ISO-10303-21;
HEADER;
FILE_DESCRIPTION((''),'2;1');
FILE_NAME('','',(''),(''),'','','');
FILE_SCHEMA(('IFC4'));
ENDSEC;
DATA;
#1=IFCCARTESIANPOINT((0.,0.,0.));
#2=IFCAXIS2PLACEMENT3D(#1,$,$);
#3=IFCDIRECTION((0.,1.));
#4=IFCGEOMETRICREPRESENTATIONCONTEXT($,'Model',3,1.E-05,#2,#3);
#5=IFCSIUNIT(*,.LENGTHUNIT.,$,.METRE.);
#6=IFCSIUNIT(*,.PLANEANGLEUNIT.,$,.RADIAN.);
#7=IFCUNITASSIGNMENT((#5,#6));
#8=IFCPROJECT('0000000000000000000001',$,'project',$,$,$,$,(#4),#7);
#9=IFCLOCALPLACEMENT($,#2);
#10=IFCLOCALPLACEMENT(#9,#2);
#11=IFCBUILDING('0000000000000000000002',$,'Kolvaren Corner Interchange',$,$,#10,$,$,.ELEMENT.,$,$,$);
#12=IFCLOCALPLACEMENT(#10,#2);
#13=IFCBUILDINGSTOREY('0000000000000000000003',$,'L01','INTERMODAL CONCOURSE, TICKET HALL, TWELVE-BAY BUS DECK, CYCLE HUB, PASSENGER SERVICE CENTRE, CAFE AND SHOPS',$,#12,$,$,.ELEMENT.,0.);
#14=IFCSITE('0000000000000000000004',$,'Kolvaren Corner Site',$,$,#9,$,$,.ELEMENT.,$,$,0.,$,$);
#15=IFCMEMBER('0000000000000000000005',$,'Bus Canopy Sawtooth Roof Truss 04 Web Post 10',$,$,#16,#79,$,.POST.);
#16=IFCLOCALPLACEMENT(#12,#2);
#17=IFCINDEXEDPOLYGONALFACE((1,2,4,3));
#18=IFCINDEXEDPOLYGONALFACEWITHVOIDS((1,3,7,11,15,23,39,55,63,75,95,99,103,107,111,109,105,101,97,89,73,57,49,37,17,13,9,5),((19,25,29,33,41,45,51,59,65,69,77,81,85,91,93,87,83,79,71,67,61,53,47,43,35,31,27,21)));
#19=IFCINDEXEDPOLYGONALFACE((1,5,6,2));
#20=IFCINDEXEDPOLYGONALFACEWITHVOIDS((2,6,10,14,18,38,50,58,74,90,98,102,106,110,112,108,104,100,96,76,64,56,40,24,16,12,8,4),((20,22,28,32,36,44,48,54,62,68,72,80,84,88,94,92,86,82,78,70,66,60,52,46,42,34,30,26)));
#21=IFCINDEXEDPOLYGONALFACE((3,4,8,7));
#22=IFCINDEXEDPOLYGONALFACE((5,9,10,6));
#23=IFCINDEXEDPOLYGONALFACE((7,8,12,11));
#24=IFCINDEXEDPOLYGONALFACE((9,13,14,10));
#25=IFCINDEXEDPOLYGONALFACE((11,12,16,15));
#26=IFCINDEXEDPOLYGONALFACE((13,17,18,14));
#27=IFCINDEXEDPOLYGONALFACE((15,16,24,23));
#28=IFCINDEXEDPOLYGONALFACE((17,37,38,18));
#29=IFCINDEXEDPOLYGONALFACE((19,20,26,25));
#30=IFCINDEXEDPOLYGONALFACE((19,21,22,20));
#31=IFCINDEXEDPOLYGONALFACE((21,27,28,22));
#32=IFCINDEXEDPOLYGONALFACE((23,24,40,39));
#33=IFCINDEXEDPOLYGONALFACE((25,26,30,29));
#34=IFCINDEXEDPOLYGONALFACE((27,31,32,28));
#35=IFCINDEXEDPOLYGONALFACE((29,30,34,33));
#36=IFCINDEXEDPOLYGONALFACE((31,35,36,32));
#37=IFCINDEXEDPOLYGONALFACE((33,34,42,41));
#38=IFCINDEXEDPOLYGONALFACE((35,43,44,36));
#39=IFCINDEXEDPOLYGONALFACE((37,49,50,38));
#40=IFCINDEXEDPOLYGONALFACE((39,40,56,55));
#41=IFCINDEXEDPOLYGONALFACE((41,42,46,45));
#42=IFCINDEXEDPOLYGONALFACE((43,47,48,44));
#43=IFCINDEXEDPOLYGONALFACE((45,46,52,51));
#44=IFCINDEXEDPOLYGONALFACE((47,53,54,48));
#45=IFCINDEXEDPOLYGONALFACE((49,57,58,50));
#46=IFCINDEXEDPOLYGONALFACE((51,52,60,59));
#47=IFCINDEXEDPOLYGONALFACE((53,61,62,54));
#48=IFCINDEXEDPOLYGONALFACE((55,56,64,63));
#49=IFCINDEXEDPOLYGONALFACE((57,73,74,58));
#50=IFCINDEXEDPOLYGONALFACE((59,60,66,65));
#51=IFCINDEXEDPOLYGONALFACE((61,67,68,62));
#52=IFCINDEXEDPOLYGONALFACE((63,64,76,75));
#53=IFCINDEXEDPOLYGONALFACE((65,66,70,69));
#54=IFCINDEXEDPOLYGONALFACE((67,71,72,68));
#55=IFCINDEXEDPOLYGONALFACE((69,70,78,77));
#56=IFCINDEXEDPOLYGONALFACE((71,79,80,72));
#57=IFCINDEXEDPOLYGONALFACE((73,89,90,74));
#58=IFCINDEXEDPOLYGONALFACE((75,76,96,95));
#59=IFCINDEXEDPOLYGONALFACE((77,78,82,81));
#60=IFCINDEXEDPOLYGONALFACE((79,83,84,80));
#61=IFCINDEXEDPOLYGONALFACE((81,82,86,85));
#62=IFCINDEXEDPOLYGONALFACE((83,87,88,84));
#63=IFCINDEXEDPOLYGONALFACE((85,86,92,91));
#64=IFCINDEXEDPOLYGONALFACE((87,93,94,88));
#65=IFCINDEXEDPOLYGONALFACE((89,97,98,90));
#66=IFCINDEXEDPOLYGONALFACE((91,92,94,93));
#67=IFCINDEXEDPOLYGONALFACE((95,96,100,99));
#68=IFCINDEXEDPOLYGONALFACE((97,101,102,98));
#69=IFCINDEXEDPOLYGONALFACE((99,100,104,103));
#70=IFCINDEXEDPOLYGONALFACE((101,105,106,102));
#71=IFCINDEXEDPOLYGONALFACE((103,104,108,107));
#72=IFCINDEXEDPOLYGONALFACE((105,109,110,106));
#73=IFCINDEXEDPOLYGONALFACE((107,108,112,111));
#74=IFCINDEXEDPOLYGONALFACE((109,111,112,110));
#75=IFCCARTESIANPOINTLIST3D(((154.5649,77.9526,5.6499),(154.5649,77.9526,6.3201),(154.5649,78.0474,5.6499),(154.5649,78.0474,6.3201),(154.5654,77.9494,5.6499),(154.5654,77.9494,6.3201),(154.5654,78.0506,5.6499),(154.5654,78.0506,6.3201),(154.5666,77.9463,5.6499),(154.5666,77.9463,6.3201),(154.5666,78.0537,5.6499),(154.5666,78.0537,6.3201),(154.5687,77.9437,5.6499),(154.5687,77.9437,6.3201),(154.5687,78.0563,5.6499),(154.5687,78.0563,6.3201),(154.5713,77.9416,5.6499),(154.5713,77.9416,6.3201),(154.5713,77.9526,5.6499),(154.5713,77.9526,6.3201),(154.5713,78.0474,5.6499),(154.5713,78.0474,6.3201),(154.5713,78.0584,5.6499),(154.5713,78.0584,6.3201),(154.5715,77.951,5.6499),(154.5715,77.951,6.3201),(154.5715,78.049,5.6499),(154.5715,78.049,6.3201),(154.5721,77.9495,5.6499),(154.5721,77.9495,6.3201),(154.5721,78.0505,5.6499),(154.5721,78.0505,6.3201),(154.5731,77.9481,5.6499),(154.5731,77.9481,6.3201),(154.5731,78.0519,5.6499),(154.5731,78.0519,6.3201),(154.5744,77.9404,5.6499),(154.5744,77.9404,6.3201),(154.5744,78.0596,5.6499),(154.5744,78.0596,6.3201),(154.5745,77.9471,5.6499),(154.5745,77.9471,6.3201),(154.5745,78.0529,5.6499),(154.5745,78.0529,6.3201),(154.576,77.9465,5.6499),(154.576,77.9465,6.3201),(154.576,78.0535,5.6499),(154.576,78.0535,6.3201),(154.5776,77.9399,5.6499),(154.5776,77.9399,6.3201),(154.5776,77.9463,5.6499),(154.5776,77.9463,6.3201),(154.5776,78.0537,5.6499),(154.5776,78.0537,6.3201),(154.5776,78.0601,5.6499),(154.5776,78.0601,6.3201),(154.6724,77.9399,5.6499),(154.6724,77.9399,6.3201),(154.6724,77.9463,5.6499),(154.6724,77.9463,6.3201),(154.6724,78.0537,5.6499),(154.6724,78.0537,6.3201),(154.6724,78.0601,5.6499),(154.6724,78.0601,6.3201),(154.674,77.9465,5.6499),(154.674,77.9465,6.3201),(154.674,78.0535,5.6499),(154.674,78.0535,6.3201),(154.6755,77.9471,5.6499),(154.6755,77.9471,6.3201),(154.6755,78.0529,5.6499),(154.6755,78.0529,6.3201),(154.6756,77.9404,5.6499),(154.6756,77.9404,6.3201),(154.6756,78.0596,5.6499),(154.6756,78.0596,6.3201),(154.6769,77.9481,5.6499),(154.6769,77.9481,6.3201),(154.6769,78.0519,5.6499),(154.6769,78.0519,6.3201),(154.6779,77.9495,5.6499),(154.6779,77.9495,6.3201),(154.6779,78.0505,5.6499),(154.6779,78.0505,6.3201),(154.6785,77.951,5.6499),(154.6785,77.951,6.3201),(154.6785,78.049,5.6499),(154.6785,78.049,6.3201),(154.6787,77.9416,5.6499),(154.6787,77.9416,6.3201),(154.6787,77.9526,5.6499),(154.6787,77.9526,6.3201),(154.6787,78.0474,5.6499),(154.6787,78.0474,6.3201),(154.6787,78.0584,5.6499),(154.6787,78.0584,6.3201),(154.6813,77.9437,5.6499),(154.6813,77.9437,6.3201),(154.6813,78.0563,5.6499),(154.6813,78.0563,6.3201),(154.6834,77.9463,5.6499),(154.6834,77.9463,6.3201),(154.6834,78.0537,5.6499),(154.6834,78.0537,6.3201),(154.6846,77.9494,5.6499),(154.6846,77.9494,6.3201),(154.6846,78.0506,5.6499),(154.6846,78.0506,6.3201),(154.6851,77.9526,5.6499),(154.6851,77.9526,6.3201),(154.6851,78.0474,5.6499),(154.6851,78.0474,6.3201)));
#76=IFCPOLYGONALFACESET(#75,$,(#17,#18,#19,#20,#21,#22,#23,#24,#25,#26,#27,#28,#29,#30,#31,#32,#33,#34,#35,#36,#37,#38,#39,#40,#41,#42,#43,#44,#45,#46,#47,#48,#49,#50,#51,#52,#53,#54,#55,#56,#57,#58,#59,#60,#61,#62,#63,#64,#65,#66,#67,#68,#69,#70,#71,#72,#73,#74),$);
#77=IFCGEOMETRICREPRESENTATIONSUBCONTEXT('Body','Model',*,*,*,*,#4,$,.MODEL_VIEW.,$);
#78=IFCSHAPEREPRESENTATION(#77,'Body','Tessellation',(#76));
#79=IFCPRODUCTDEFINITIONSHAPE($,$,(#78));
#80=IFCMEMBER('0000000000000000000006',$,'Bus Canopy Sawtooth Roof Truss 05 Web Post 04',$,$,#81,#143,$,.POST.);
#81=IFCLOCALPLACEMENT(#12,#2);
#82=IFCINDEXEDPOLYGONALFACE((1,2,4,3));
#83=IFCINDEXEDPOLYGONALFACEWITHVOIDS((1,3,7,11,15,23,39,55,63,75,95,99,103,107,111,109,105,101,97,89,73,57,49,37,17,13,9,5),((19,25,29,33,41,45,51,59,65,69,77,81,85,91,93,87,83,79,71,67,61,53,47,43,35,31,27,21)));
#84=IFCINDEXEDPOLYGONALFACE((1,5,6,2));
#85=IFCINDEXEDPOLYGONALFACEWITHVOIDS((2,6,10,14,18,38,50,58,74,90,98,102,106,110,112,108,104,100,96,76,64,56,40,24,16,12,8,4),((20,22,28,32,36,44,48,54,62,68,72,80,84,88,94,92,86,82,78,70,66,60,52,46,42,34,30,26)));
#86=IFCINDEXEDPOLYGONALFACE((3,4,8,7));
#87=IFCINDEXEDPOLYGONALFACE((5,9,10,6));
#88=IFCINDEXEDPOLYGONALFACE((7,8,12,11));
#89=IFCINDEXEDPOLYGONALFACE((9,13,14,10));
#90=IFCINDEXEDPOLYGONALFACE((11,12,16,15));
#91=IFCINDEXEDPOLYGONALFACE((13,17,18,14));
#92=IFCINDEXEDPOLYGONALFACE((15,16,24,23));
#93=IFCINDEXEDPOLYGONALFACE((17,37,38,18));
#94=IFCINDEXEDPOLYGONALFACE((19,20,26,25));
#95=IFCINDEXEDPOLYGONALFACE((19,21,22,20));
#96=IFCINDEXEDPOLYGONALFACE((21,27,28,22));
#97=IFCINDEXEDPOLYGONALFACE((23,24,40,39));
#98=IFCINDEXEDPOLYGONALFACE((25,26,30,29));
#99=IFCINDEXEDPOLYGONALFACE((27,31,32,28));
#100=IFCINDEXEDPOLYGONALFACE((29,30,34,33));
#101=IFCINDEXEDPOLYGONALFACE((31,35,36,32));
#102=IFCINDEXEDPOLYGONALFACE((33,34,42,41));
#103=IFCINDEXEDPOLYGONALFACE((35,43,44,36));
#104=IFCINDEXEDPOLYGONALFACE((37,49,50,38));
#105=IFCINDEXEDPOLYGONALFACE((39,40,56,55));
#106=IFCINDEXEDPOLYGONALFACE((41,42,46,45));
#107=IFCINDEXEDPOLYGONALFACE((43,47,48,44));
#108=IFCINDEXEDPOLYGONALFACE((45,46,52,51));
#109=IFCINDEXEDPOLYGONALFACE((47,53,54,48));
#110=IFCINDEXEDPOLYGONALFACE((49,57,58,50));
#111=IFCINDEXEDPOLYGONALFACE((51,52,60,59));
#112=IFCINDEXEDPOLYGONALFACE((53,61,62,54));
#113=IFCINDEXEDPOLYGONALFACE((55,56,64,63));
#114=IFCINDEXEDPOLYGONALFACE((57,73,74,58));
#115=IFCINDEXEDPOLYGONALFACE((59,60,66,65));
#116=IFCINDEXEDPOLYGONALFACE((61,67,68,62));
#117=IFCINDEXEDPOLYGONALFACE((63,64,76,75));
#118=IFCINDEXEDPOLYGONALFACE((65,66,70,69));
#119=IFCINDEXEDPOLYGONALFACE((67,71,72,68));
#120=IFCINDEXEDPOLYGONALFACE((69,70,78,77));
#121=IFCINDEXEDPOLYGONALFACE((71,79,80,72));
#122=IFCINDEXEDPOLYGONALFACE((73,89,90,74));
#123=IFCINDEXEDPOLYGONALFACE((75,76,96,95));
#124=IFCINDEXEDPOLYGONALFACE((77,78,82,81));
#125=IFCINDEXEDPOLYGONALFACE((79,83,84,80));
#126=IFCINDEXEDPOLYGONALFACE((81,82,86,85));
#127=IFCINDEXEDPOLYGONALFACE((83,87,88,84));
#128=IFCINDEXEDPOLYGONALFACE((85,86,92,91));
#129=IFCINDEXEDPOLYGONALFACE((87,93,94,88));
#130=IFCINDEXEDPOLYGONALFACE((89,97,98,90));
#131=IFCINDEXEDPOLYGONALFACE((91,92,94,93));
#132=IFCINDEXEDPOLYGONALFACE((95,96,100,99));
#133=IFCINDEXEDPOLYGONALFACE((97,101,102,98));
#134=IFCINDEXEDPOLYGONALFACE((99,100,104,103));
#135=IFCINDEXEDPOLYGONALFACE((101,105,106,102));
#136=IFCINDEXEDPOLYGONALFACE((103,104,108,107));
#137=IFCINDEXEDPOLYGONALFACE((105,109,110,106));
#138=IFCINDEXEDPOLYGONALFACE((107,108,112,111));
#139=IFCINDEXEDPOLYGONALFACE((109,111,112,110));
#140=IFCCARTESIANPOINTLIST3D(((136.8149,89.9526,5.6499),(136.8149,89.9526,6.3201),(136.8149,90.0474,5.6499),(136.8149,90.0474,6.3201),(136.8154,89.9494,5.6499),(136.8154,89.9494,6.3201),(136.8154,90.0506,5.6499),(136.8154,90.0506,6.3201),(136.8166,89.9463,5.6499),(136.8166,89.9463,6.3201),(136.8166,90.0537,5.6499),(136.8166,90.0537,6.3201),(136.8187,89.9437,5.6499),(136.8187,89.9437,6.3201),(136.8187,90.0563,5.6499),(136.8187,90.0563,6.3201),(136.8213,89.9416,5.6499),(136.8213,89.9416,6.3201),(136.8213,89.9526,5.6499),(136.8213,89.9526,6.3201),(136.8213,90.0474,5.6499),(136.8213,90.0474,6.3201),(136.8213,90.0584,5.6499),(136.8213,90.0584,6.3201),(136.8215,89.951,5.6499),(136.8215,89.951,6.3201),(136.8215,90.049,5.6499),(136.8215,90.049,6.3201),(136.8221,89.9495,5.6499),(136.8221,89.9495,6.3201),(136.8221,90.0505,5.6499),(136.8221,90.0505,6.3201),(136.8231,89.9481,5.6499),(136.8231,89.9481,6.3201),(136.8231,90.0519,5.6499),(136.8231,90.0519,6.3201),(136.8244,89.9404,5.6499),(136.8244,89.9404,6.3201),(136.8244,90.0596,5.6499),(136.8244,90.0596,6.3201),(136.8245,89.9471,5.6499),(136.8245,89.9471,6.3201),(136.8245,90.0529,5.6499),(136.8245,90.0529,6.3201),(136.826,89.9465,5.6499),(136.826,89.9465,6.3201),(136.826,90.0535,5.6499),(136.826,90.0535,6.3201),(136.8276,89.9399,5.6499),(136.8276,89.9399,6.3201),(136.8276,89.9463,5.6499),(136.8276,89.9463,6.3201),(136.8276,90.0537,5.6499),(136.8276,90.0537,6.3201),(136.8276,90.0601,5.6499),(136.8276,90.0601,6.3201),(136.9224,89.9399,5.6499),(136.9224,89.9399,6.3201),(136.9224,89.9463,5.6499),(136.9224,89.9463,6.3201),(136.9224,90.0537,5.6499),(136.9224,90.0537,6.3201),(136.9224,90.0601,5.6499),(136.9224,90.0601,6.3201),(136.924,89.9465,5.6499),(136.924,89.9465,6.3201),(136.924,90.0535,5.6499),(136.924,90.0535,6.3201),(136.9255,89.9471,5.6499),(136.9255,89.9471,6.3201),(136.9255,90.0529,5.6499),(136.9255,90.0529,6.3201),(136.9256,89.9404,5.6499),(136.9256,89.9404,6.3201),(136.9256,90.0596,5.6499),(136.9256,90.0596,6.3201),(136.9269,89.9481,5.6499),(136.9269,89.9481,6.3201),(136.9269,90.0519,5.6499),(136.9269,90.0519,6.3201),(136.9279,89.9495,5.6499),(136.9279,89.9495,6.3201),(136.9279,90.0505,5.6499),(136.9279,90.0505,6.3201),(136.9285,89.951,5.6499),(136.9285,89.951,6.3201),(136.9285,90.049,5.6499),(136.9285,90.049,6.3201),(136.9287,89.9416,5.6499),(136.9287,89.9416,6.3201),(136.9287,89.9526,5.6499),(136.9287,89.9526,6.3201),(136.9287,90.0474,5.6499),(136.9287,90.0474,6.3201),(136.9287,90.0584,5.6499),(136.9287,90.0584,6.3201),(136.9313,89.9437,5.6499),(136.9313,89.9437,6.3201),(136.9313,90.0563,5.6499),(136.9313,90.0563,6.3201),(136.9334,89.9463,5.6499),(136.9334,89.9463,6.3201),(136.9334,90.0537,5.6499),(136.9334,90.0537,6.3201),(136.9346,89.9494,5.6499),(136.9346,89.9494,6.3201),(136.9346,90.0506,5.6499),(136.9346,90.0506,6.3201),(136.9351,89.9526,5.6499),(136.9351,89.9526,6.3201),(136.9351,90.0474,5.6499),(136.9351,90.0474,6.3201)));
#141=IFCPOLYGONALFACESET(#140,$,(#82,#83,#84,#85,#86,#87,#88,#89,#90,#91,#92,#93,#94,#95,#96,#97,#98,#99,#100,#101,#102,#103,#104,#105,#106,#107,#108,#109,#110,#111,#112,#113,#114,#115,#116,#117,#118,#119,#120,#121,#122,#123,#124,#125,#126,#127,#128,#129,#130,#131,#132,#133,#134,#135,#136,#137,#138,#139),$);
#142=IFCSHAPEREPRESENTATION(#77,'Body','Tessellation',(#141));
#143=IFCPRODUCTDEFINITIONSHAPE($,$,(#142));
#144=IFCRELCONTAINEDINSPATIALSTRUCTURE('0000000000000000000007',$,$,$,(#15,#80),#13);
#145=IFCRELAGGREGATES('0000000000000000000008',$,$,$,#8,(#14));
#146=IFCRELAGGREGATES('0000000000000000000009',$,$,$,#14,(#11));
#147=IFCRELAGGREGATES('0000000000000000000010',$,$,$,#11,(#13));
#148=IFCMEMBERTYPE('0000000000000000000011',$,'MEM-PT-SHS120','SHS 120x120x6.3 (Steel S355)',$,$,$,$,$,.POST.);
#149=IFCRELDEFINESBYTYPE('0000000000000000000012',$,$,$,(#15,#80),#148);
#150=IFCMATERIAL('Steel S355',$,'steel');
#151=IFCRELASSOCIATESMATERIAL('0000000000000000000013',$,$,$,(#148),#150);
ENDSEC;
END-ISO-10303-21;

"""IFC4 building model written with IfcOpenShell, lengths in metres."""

from ifc_helpers import new_model, si_unit, direction, frame, origin, origin_2d, place, context, subcontext, project, spatial, hollow_rectangle, extrude, material, material_profile, profile_set, type_object, element, save


model = new_model("IFC4")

# Units and contexts
model_context = context("Model", 3, precision=1e-05, world=origin(), true_north=direction((0.0, 1.0)))
body_context = subcontext(model_context, "Body", "Model", "MODEL_VIEW")
ifc_project = project(units=[si_unit("LENGTHUNIT", "METRE"), si_unit("PLANEANGLEUNIT", "RADIAN")], contexts=[model_context])

# Site, building, storey
site_placement = place(None, origin())
site = spatial("IfcSite", under=ifc_project, at=site_placement, Name="Kolvaren Corner Site", CompositionType="ELEMENT", RefElevation=0.0)
building_placement = place(site_placement, origin())
building = spatial("IfcBuilding", under=site, at=building_placement, Name="Kolvaren Corner Interchange", CompositionType="ELEMENT")
storey_placement = place(building_placement, origin())
storey = spatial("IfcBuildingStorey", under=building, at=storey_placement, Name="L01", Description="INTERMODAL CONCOURSE, TICKET HALL, TWELVE-BAY BUS DECK, CYCLE HUB, PASSENGER SERVICE CENTRE, CAFE AND SHOPS", CompositionType="ELEMENT", Elevation=0.0)

# Members
ifc_material_1 = material(Name="Steel S355", Category="steel")
ifc_material_profile_1 = material_profile(ifc_material_1, hollow_rectangle(XDim=0.1201, YDim=0.1201, WallThickness=0.0063, InnerFilletRadius=0.0063, OuterFilletRadius=0.0127, at=origin_2d()), Name="SHS 120x120x6.3")
ifc_profile_set_1 = profile_set([ifc_material_profile_1], Name="Steel S355")
member_type_1 = type_object("IfcMemberType", Name="MEM-PT-SHS120", Description="SHS 120x120x6.3 (Steel S355)", PredefinedType="POST", material=ifc_profile_set_1)
for number, where, z_axis, x_axis, name in (
    (1, (154.625, 78.0, 5.6499), (0.0, 0.0, 1.0), (1.0, 0.0, 0.0), "Bus Canopy Sawtooth Roof Truss 04 Web Post 10"),
    (2, (136.875, 90.0, 5.6499), (0.0, 0.0, 1.0), (1.0, 0.0, 0.0), "Bus Canopy Sawtooth Roof Truss 05 Web Post 04"),
):
    element("IfcMember", number, at=place(storey_placement, frame(where, z_axis=z_axis, x_axis=x_axis)), inside=storey, type_object=member_type_1, Name=name, PredefinedType="POST", context=body_context, shape_type="SweptSolid", body=[
        extrude(hollow_rectangle(XDim=0.1201, YDim=0.1201, WallThickness=0.0063, InnerFilletRadius=0.0063, OuterFilletRadius=0.0127, at=origin_2d()), origin(), (0.0, 0.0, 1.0), 0.6702),
    ])

save(model, "model.ifc")
